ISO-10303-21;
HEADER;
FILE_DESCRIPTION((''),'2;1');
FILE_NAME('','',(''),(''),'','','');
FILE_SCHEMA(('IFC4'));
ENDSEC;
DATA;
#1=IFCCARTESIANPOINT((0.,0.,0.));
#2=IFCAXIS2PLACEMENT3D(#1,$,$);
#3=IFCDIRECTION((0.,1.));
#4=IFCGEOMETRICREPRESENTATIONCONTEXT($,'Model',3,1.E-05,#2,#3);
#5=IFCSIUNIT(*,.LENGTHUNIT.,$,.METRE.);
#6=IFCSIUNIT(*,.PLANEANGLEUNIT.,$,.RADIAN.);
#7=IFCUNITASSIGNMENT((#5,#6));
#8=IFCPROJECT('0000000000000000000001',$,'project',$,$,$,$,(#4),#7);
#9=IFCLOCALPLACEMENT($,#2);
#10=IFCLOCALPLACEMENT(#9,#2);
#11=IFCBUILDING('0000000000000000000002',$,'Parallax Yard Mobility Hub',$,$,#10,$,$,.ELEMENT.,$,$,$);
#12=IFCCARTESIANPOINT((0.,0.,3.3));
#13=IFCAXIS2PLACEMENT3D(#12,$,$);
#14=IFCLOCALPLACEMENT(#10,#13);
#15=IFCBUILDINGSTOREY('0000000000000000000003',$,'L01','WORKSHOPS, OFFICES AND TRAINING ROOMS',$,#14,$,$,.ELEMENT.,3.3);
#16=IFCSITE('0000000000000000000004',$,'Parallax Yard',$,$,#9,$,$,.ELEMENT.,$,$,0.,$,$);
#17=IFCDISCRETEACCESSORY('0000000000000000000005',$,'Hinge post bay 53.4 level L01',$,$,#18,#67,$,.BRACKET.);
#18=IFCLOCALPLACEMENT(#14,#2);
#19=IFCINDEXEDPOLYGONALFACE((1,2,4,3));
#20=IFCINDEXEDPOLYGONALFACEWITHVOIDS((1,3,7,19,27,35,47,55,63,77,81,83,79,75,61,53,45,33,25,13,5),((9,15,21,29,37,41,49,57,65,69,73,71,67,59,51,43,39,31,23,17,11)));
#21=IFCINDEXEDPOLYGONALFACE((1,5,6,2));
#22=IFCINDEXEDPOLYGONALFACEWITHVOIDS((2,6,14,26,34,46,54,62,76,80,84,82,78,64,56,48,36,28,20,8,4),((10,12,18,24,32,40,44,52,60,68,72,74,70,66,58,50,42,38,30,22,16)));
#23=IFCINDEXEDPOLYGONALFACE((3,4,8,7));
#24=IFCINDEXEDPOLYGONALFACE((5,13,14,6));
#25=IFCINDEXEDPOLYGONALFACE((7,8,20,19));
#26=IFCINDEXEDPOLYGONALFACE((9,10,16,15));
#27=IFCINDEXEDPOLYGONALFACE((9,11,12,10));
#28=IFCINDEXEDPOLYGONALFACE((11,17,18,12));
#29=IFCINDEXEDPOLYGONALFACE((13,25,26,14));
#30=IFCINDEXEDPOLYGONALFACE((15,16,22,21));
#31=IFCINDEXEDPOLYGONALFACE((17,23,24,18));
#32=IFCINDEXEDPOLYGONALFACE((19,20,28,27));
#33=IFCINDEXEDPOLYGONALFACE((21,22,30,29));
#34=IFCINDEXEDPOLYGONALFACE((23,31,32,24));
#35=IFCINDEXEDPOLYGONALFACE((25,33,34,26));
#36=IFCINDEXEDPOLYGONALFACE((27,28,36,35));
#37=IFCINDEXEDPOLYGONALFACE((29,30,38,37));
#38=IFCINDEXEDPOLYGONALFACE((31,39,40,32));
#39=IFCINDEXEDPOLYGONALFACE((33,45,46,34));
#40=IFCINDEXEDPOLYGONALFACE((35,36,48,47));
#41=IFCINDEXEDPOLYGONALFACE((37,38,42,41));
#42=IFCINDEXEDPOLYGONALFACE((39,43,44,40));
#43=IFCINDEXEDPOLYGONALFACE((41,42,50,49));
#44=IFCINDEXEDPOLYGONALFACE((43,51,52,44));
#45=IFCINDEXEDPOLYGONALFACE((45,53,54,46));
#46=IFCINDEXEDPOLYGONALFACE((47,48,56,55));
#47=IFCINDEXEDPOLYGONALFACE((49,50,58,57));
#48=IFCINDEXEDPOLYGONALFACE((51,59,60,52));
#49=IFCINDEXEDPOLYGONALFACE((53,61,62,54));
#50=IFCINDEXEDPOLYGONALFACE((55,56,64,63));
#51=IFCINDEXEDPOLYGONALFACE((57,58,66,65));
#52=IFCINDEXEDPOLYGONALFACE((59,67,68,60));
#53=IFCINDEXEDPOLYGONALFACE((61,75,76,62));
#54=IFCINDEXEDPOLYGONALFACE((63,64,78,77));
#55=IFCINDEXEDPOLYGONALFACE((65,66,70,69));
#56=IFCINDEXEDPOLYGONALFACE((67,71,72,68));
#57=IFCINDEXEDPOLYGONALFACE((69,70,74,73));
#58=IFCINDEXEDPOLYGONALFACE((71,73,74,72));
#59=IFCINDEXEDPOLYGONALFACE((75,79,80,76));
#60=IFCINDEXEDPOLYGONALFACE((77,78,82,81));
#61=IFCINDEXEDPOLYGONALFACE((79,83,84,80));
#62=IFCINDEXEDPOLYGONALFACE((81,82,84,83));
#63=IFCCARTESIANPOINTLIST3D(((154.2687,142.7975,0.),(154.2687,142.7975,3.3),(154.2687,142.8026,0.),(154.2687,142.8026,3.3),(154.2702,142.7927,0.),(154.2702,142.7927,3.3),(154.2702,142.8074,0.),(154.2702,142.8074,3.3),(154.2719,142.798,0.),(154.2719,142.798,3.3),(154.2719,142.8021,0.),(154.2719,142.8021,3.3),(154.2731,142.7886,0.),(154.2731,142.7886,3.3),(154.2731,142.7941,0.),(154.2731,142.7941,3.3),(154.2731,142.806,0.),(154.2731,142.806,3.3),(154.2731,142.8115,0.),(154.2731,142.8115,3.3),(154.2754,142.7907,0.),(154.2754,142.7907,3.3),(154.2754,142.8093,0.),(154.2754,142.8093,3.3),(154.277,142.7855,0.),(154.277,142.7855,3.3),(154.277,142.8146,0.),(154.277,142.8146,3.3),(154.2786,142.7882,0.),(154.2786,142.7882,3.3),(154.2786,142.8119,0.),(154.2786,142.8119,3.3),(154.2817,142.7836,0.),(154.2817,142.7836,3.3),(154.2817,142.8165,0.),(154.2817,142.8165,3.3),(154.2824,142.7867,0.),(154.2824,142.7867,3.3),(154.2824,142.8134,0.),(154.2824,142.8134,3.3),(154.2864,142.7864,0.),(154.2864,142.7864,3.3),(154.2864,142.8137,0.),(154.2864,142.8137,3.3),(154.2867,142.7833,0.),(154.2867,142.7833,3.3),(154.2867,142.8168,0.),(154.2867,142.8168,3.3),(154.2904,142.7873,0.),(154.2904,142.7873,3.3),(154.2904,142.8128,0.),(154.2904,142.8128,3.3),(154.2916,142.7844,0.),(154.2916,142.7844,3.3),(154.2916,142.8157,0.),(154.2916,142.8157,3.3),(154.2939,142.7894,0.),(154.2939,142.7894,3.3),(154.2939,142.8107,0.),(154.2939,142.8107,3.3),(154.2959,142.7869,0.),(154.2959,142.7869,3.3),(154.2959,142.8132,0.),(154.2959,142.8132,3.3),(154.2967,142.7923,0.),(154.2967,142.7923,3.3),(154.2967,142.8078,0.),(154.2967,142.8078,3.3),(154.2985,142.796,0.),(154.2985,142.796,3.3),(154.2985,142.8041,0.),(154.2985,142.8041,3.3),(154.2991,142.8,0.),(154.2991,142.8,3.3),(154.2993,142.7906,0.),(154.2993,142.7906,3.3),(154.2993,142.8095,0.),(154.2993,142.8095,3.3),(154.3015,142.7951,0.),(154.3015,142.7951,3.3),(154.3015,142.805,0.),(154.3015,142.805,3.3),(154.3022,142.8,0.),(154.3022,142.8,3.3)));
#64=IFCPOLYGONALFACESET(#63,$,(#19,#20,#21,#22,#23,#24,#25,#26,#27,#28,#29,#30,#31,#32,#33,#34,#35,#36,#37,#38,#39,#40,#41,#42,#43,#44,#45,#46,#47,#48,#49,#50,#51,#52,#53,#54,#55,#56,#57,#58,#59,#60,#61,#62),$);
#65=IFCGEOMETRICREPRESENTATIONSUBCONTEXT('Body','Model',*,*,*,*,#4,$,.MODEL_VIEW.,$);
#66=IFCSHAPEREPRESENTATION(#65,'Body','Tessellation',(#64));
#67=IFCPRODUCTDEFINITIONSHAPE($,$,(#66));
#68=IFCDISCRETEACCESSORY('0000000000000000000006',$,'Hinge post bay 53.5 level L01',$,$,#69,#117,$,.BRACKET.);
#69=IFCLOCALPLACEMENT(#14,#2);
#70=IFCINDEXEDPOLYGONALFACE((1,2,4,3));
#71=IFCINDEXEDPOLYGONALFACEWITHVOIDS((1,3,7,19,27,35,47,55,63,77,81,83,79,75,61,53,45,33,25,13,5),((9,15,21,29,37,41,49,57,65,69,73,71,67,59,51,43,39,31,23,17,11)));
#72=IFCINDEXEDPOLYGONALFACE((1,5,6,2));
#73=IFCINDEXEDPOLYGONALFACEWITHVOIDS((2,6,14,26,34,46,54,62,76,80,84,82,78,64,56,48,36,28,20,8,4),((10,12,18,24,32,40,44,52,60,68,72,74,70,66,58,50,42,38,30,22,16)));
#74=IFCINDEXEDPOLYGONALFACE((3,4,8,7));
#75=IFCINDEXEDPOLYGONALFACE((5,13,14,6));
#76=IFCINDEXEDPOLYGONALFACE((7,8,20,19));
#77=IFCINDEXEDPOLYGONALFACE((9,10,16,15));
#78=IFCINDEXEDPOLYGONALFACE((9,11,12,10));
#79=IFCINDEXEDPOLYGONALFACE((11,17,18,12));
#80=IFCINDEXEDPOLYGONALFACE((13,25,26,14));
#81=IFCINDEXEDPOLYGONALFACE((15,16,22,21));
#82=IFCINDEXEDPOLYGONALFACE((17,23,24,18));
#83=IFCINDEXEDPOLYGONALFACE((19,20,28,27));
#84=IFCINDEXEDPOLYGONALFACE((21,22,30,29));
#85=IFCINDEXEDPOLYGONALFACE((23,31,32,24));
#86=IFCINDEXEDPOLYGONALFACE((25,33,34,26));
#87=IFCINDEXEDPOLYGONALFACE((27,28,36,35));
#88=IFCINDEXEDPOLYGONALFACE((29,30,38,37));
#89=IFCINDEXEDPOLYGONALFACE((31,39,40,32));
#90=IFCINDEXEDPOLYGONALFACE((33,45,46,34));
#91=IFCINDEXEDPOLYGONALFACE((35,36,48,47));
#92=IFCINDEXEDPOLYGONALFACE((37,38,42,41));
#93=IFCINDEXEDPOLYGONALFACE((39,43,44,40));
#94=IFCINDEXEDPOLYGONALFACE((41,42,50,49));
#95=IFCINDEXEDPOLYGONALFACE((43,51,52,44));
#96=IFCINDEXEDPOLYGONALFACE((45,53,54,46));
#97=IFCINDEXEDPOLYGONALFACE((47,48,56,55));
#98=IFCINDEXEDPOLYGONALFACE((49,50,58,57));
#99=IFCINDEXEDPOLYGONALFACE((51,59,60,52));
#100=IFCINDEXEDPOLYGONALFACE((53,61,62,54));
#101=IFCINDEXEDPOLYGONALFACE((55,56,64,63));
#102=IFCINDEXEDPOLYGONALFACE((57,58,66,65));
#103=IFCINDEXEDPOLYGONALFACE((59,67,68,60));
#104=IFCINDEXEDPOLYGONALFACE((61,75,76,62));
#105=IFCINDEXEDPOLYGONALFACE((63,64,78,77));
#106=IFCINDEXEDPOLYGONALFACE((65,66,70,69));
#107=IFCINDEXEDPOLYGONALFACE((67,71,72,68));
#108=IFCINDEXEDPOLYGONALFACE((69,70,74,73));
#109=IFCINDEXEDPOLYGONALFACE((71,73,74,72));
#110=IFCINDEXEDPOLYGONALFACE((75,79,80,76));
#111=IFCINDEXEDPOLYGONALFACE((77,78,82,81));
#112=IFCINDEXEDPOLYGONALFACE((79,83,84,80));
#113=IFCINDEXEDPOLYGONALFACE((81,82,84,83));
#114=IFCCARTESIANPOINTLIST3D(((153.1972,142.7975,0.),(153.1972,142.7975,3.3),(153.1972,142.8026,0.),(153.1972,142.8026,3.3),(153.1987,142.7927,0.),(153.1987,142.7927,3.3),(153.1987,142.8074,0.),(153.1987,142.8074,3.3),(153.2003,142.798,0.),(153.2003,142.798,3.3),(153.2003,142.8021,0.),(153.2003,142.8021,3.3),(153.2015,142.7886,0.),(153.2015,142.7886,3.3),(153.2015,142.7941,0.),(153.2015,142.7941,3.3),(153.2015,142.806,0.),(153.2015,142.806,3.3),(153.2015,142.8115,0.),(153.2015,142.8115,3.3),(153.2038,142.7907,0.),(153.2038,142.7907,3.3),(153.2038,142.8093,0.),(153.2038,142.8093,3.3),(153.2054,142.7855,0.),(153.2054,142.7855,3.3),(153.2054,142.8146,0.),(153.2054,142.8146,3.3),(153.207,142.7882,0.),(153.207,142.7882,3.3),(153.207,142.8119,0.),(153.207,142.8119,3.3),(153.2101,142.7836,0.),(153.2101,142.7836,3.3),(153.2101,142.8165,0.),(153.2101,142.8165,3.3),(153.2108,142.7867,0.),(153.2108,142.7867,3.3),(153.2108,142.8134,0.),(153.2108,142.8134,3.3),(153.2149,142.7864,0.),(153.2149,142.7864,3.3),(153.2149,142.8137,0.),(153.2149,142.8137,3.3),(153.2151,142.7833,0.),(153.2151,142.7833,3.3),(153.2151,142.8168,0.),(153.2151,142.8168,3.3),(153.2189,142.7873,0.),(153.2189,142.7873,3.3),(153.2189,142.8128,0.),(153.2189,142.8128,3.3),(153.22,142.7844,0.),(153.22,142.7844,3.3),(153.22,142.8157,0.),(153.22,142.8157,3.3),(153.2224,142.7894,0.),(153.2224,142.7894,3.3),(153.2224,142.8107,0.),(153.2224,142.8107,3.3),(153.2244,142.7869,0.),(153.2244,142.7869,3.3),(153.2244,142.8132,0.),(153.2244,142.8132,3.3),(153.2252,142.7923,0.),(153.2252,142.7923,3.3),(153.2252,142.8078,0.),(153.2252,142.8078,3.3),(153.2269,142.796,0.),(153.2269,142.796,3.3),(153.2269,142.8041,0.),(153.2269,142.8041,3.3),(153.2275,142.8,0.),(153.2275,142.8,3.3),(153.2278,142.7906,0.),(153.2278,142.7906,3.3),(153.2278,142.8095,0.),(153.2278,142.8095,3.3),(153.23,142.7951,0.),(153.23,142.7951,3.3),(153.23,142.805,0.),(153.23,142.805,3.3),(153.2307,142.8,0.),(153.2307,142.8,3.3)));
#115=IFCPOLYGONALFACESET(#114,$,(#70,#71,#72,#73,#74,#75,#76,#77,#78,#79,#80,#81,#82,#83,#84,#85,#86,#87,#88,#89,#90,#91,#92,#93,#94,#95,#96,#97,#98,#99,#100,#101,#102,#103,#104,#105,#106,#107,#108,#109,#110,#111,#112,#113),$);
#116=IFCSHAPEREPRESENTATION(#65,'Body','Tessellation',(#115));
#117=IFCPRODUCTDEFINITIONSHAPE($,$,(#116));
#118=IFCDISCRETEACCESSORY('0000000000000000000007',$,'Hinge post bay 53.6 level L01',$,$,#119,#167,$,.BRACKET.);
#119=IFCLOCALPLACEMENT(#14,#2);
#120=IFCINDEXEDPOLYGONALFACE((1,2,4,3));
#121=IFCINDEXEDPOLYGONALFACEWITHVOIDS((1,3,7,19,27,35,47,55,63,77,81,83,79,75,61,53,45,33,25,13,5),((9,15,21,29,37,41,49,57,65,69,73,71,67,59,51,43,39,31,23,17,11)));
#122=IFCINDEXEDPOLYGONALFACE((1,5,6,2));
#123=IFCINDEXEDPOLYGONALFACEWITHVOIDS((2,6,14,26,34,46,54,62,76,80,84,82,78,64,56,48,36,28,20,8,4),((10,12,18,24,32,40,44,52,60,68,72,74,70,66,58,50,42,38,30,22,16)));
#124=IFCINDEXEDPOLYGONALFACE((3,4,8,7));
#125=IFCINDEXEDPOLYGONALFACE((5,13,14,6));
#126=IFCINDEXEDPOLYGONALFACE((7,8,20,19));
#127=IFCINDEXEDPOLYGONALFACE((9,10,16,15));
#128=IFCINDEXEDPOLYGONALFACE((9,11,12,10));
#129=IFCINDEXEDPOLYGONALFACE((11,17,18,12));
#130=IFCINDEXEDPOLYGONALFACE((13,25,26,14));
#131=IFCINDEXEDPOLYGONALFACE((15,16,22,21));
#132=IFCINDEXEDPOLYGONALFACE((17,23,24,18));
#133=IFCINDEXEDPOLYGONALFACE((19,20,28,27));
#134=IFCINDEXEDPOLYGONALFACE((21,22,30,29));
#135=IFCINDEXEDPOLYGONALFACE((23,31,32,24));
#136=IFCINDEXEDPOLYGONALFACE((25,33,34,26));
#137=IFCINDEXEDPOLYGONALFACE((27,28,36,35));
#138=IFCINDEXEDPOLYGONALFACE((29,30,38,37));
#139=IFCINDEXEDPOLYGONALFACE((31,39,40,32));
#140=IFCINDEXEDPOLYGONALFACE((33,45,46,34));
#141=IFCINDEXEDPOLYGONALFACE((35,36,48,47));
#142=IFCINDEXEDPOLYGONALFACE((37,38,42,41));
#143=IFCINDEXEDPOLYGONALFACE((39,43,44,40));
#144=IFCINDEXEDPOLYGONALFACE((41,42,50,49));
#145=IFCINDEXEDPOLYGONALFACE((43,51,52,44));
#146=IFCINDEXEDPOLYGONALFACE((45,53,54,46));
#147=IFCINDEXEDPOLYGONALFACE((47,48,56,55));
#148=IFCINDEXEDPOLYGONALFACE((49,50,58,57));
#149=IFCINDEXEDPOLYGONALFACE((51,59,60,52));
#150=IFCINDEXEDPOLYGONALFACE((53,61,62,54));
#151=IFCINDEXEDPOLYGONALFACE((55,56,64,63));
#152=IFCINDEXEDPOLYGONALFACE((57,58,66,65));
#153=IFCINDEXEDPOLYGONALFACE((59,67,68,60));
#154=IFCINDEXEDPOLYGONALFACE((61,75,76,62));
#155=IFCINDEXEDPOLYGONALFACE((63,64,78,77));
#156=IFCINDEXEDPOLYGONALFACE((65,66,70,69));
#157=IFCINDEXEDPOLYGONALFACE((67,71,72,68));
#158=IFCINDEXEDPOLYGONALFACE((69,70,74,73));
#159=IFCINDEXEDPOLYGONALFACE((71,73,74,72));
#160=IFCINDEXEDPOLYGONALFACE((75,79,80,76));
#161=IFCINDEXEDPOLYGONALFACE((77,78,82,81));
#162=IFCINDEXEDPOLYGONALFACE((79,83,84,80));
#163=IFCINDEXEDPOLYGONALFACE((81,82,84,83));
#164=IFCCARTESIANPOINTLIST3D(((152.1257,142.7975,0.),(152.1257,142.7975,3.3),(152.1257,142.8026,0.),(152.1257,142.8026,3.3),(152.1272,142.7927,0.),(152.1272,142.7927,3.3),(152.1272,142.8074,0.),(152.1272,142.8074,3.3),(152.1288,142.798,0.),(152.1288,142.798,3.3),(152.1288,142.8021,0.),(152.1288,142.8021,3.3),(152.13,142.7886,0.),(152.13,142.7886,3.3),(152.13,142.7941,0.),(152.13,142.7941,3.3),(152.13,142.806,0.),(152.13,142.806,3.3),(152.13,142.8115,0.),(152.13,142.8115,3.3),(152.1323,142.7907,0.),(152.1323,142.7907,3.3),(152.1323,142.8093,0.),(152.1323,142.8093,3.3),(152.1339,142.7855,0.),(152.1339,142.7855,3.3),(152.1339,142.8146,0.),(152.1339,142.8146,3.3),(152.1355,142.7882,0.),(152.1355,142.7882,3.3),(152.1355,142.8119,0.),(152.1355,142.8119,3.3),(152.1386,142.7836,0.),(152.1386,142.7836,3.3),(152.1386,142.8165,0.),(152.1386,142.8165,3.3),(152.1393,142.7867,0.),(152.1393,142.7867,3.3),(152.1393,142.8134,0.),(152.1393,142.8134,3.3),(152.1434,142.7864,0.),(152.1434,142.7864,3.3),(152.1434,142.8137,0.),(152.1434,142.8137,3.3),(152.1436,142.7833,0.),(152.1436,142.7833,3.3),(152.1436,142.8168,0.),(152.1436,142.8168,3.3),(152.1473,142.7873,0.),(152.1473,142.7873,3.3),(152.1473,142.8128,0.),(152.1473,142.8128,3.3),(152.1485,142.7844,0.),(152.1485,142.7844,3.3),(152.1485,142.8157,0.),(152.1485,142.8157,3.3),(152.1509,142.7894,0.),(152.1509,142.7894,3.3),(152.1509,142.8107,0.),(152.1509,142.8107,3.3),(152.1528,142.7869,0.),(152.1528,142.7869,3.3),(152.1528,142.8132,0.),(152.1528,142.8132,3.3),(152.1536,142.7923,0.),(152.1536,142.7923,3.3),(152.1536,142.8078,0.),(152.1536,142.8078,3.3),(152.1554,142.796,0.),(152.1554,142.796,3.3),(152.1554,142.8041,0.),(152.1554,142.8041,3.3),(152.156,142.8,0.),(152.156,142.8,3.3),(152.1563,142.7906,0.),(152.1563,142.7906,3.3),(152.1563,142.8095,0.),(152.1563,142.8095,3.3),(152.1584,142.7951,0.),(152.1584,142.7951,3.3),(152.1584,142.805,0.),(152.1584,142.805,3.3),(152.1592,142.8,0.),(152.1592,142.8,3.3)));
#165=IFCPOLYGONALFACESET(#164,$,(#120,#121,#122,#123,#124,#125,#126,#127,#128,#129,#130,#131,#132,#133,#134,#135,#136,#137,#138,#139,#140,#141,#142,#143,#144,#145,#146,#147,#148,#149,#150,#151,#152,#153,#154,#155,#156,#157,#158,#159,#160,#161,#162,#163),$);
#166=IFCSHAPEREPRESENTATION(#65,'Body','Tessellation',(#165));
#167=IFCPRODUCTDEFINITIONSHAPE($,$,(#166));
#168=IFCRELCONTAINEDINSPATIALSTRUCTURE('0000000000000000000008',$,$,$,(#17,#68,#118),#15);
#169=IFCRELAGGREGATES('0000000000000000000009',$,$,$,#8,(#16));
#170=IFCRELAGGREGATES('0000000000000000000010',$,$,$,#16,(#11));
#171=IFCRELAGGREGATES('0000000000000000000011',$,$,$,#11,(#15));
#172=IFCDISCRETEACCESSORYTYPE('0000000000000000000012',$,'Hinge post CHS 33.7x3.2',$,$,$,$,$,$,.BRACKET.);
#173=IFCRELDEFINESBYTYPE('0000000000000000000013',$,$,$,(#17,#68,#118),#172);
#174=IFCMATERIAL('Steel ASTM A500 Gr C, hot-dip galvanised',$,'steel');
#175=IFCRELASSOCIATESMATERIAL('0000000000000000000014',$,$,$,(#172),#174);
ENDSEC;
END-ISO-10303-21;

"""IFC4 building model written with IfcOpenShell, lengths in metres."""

from ifc_helpers import new_model, si_unit, direction, frame, origin, origin_2d, place, context, subcontext, project, spatial, hollow_circle, extrude, material, material_profile, profile_set, type_object, element, save


model = new_model("IFC4")

# Units and contexts
model_context = context("Model", 3, precision=1e-05, world=origin(), true_north=direction((0.0, 1.0)))
body_context = subcontext(model_context, "Body", "Model", "MODEL_VIEW")
ifc_project = project(units=[si_unit("LENGTHUNIT", "METRE"), si_unit("PLANEANGLEUNIT", "RADIAN")], contexts=[model_context])

# Site, building, storey
site_placement = place(None, origin())
site = spatial("IfcSite", under=ifc_project, at=site_placement, Name="Parallax Yard", CompositionType="ELEMENT", RefElevation=0.0)
building_placement = place(site_placement, origin())
building = spatial("IfcBuilding", under=site, at=building_placement, Name="Parallax Yard Mobility Hub", CompositionType="ELEMENT")
storey_placement = place(building_placement, frame((0.0, 0.0, 3.3)))
storey = spatial("IfcBuildingStorey", under=building, at=storey_placement, Name="L01", Description="WORKSHOPS, OFFICES AND TRAINING ROOMS", CompositionType="ELEMENT", Elevation=3.3)

# Discrete accessories
ifc_material_1 = material(Name="Steel ASTM A500 Gr C, hot-dip galvanised", Category="steel")
ifc_material_profile_1 = material_profile(ifc_material_1, hollow_circle(Radius=0.0168, WallThickness=0.0032, at=origin_2d()), Name="CHS 33.7x3.2")
ifc_profile_set_1 = profile_set([ifc_material_profile_1], Name="Steel ASTM A500 Gr C, hot-dip galvanised")
discrete_accessory_type_1 = type_object("IfcDiscreteAccessoryType", Name="Hinge post CHS 33.7x3.2", PredefinedType="BRACKET", material=ifc_profile_set_1)
for number, where, z_axis, x_axis, name in (
    (1, (154.2854, 142.8, 0.0), (0.0, 0.0, 1.0), (1.0, 0.0, 0.0), "Hinge post bay 53.4 level L01"),
    (2, (153.2139, 142.8, 0.0), (0.0, 0.0, 1.0), (1.0, 0.0, 0.0), "Hinge post bay 53.5 level L01"),
    (3, (152.1423, 142.8, 0.0), (0.0, 0.0, 1.0), (1.0, 0.0, 0.0), "Hinge post bay 53.6 level L01"),
):
    element("IfcDiscreteAccessory", number, at=place(storey_placement, frame(where, z_axis=z_axis, x_axis=x_axis)), inside=storey, type_object=discrete_accessory_type_1, Name=name, PredefinedType="BRACKET", context=body_context, shape_type="SweptSolid", body=[
        extrude(hollow_circle(Radius=0.0168, WallThickness=0.0032, at=origin_2d()), origin(), (0.0, 0.0, 1.0), 3.3),
    ])

save(model, "model.ifc")
